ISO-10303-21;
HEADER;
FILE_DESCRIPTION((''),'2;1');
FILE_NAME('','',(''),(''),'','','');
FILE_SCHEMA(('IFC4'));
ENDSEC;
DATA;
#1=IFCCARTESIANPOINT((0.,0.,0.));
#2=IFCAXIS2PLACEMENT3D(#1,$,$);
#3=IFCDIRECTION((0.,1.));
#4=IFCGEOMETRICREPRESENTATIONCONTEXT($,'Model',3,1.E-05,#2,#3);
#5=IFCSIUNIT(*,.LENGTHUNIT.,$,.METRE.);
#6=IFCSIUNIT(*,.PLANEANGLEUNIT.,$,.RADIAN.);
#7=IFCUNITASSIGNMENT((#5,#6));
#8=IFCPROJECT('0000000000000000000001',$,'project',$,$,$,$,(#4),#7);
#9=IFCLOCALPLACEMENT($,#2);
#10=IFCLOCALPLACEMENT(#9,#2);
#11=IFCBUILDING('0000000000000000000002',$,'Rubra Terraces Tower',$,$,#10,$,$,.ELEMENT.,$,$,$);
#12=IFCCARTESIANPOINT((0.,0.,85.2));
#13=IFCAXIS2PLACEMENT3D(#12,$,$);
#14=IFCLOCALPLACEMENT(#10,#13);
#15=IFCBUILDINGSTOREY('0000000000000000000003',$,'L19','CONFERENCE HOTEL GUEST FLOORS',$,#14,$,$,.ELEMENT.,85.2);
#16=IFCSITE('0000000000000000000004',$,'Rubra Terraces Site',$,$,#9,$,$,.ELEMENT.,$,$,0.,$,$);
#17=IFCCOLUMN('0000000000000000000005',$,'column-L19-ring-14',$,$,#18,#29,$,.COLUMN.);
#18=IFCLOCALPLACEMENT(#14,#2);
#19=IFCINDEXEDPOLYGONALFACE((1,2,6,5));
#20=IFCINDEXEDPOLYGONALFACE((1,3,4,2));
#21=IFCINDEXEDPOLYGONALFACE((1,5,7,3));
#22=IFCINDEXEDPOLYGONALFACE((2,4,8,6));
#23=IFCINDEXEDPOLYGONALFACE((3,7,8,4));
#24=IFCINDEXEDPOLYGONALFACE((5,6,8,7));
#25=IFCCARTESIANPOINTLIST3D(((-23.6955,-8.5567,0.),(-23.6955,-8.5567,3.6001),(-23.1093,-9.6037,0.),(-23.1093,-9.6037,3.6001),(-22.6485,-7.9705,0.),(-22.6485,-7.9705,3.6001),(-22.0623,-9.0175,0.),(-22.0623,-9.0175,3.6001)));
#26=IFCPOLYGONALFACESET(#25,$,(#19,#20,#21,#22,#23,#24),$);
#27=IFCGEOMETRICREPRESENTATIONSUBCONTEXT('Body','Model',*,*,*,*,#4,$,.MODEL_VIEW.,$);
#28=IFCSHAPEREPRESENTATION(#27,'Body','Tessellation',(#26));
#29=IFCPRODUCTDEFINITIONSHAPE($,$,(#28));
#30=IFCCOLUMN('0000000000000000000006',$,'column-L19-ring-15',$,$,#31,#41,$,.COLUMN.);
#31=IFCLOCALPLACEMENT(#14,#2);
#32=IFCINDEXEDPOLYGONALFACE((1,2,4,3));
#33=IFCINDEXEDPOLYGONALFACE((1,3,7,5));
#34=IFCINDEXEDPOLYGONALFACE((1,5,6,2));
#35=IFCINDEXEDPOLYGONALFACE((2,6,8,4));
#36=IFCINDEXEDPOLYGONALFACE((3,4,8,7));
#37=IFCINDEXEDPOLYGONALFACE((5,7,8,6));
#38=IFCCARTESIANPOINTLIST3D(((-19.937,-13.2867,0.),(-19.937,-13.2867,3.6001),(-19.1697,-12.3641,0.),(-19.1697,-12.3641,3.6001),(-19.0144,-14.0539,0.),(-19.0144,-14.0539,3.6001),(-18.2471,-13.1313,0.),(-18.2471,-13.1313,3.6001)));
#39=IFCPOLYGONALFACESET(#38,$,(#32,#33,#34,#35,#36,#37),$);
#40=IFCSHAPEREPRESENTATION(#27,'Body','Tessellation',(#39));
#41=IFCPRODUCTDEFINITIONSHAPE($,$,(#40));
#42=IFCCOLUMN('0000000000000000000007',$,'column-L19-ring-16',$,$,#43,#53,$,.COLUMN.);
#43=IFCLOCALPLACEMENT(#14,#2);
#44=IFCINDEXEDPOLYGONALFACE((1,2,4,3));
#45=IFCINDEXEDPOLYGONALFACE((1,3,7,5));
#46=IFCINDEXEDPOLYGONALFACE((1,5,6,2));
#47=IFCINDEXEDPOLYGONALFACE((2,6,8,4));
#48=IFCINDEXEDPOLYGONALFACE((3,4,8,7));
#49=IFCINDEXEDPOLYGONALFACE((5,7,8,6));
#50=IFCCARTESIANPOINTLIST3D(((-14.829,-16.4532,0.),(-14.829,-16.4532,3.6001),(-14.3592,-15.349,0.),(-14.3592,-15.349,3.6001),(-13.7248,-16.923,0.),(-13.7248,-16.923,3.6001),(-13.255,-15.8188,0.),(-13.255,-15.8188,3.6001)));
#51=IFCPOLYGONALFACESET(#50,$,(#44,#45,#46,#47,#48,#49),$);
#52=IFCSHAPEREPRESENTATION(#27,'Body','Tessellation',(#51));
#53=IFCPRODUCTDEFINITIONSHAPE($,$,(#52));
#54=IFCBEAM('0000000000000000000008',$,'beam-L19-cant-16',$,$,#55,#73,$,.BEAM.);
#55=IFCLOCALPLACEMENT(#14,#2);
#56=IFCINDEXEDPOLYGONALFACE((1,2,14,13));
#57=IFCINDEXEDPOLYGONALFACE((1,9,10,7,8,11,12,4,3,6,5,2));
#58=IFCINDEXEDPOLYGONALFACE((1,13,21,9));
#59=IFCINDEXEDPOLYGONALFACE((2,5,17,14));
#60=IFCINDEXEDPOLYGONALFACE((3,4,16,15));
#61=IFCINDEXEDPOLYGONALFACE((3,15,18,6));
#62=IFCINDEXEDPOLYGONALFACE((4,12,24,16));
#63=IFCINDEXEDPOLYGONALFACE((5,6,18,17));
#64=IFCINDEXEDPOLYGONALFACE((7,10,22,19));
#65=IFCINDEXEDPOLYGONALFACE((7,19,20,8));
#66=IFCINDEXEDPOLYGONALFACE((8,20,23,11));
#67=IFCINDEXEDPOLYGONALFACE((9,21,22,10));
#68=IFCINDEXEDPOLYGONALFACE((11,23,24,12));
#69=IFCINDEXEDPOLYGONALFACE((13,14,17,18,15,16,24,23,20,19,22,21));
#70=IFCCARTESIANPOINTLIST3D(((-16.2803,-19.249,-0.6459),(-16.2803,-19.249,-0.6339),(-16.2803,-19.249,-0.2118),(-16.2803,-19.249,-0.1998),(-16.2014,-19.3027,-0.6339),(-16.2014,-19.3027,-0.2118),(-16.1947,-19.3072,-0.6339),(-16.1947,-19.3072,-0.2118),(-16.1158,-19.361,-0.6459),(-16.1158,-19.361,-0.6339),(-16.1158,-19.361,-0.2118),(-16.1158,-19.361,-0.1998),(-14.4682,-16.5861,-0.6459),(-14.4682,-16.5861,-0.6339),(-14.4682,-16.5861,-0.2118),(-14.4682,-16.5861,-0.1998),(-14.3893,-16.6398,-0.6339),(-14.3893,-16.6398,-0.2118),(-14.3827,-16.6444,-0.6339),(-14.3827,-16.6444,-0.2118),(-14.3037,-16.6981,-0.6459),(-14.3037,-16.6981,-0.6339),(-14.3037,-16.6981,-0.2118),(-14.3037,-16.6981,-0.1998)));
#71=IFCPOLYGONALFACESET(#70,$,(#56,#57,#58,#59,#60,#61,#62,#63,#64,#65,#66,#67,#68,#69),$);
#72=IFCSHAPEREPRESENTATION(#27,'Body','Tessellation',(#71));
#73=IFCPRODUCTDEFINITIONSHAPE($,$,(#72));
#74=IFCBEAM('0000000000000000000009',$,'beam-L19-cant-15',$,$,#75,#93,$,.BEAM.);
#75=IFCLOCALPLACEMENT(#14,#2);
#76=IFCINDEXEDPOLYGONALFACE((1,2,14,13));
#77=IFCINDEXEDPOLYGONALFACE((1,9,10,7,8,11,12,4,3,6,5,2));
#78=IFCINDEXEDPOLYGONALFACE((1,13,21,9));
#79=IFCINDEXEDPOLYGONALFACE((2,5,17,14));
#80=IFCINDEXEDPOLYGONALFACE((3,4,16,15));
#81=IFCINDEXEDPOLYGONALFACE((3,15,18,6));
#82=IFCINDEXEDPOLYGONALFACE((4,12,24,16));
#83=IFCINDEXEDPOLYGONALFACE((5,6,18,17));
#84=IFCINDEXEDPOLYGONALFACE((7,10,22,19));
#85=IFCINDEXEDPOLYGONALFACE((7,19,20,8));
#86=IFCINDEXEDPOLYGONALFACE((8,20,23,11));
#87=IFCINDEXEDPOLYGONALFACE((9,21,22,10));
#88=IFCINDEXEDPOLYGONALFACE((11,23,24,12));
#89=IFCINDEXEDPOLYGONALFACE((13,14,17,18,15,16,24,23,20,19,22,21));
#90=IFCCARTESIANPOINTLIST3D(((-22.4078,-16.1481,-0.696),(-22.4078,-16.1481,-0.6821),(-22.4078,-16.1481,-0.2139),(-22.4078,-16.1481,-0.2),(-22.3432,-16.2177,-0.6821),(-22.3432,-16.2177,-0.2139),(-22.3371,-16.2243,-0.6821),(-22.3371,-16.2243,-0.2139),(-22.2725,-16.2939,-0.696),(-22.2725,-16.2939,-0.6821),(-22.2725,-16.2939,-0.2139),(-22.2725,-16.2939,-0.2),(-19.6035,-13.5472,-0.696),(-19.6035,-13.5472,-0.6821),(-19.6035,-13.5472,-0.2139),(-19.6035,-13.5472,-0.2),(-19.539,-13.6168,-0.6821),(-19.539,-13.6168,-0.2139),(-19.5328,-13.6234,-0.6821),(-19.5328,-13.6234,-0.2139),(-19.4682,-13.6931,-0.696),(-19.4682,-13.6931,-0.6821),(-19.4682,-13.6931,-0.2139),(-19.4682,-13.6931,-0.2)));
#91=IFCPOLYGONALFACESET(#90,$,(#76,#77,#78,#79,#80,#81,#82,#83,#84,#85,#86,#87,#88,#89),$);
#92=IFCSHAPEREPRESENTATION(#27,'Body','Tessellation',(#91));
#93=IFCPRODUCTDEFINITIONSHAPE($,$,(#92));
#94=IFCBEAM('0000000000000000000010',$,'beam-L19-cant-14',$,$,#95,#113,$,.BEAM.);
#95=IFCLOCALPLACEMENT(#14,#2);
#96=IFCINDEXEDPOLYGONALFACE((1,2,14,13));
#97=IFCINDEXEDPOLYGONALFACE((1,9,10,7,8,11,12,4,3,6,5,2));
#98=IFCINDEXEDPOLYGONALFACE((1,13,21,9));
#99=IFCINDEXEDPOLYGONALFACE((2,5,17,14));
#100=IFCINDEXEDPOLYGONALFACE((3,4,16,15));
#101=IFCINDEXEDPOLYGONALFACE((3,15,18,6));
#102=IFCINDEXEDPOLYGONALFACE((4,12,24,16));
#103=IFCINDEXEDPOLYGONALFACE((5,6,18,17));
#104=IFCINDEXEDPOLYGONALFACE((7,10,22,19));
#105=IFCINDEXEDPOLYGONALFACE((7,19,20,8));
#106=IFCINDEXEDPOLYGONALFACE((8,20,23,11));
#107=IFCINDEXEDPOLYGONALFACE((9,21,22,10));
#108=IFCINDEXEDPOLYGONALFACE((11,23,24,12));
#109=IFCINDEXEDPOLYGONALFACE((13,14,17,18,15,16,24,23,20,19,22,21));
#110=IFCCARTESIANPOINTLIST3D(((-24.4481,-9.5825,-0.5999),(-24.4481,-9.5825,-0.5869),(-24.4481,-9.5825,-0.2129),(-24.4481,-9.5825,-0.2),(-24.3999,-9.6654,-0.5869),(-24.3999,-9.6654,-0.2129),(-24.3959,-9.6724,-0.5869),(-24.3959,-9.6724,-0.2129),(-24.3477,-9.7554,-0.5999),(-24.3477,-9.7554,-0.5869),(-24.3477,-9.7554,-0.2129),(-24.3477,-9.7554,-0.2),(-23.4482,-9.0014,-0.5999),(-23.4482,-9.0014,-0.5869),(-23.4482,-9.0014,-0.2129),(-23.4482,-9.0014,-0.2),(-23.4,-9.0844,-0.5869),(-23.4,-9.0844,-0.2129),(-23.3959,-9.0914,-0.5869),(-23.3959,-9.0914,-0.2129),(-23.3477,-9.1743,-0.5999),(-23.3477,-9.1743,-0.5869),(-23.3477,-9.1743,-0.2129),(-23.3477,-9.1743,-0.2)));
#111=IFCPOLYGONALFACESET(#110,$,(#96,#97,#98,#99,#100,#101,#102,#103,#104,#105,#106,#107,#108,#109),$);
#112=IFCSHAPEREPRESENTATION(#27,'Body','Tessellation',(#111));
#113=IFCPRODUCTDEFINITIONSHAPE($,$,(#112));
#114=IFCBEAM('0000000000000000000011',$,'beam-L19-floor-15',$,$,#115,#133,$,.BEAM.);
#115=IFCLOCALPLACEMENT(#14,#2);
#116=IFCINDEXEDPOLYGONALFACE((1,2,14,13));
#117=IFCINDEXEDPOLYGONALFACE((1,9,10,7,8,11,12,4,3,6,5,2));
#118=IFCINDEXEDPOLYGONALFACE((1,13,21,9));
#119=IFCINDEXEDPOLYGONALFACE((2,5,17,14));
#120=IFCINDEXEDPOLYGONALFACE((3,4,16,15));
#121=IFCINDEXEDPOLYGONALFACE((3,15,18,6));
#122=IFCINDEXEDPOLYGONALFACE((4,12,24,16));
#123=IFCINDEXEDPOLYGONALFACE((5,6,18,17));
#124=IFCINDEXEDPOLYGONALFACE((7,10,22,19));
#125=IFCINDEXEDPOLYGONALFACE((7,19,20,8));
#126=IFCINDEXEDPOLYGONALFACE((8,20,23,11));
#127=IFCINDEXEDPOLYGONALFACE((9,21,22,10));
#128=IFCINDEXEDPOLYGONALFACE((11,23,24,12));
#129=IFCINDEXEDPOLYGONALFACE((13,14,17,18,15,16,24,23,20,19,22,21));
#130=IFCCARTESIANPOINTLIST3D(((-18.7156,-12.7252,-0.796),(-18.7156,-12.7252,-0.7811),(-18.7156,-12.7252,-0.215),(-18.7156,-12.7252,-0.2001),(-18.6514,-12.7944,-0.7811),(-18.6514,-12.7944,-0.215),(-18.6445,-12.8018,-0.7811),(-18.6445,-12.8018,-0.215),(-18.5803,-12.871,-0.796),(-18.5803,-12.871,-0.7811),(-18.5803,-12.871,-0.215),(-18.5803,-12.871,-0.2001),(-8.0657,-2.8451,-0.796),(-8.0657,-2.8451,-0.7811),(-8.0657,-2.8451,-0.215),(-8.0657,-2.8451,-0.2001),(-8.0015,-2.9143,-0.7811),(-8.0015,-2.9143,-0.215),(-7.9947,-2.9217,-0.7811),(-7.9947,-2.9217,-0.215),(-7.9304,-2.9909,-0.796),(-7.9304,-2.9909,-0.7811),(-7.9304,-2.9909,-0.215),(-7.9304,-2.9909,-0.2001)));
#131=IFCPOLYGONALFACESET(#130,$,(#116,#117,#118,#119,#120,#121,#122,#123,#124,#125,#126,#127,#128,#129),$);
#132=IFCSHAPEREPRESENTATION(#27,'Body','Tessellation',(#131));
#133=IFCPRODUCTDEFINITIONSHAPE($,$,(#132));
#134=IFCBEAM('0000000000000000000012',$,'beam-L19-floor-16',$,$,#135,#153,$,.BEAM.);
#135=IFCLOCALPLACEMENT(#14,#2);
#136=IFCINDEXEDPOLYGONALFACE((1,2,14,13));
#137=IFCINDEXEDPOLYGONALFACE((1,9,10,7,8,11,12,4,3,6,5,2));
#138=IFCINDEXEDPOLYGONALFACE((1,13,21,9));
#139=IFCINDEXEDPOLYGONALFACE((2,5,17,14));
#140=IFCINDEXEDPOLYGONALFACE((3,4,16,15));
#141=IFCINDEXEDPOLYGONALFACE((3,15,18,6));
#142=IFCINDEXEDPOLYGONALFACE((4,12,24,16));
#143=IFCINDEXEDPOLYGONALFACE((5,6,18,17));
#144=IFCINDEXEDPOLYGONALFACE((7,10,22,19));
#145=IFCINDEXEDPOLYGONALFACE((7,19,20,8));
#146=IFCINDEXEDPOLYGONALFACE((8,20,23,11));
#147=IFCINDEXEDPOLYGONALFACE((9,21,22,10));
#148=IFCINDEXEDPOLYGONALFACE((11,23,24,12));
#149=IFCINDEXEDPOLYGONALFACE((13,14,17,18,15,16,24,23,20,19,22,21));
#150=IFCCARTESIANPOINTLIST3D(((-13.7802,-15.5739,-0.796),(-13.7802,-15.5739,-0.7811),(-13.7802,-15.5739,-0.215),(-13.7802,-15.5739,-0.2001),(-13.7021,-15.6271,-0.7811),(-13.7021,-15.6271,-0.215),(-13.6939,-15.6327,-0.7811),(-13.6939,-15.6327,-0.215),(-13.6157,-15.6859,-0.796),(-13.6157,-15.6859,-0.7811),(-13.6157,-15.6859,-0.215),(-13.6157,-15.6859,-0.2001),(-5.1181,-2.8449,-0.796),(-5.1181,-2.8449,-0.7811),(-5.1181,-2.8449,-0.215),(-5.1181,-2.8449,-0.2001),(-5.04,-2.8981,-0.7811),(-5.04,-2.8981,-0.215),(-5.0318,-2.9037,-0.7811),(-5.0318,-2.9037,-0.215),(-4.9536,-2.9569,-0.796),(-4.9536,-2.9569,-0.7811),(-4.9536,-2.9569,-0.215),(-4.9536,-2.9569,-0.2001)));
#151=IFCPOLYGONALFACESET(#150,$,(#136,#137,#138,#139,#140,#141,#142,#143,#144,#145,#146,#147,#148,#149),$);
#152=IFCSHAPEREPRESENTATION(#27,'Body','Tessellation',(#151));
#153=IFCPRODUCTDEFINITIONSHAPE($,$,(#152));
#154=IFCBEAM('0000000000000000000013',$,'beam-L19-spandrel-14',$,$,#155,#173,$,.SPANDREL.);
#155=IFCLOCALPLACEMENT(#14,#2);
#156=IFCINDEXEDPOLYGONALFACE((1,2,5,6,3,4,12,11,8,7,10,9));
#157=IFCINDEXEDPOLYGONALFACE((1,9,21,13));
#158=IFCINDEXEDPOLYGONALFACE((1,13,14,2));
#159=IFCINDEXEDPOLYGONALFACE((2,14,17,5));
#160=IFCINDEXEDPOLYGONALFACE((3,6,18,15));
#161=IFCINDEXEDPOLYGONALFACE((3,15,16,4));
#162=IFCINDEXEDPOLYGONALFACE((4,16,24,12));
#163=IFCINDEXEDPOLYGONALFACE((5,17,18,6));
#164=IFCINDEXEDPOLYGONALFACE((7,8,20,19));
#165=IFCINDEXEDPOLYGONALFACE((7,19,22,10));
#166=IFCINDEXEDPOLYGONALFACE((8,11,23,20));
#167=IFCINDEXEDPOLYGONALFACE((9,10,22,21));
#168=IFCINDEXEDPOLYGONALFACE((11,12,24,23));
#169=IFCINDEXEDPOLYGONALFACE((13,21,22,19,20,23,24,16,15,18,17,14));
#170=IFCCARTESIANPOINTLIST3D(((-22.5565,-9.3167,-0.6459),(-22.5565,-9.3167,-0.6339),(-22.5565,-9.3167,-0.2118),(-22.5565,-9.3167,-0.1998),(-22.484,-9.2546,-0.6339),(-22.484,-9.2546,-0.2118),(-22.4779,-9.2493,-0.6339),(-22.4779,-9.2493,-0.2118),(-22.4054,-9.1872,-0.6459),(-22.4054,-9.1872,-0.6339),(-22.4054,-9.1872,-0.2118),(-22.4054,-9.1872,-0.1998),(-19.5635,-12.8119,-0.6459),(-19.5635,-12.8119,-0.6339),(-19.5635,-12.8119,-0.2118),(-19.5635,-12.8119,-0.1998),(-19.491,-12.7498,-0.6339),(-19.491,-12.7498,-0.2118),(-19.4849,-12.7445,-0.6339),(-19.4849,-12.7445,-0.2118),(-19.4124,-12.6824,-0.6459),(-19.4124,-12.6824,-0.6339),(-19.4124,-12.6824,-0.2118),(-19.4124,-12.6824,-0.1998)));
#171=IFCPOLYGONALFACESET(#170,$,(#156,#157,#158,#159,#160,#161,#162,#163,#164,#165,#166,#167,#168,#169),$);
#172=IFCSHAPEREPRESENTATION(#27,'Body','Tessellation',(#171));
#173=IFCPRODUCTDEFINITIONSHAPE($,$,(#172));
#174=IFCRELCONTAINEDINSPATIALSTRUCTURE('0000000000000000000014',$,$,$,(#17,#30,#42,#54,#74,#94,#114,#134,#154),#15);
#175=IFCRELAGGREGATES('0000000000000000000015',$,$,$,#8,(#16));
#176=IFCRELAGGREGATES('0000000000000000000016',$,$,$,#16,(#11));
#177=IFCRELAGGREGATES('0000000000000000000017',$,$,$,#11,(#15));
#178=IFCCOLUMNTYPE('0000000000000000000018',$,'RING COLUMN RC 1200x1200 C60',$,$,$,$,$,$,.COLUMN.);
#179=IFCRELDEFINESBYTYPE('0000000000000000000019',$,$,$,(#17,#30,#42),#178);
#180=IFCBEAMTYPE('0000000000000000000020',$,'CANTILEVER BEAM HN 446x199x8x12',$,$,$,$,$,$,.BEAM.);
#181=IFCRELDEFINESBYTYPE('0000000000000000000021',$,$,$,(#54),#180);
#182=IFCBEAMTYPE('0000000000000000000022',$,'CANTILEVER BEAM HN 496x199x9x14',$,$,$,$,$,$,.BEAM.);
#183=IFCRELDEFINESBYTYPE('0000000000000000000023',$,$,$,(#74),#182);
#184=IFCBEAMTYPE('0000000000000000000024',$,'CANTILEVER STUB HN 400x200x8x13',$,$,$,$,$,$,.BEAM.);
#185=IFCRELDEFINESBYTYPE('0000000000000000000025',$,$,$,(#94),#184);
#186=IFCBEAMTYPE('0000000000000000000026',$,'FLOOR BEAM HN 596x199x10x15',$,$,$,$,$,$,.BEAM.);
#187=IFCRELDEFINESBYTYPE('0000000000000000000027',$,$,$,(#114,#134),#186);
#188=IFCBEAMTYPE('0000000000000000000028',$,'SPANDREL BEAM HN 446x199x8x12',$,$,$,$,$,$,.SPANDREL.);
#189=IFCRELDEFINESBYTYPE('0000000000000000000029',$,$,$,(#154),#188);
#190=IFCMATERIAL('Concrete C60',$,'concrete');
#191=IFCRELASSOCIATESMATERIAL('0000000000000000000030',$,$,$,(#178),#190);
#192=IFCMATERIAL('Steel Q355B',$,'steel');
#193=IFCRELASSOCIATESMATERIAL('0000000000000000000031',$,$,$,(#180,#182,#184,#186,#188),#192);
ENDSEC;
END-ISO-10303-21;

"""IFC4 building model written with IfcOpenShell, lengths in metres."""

from ifc_helpers import new_model, si_unit, direction, frame, origin, origin_2d, place, context, subcontext, project, spatial, rectangle, i_section, extrude, material, material_profile, profile_set, type_object, element, save


model = new_model("IFC4")

# Units and contexts
model_context = context("Model", 3, precision=1e-05, world=origin(), true_north=direction((0.0, 1.0)))
body_context = subcontext(model_context, "Body", "Model", "MODEL_VIEW")
ifc_project = project(units=[si_unit("LENGTHUNIT", "METRE"), si_unit("PLANEANGLEUNIT", "RADIAN")], contexts=[model_context])

# Site, building, storey
site_placement = place(None, origin())
site = spatial("IfcSite", under=ifc_project, at=site_placement, Name="Rubra Terraces Site", CompositionType="ELEMENT", RefElevation=0.0)
building_placement = place(site_placement, origin())
building = spatial("IfcBuilding", under=site, at=building_placement, Name="Rubra Terraces Tower", CompositionType="ELEMENT")
storey_placement = place(building_placement, frame((0.0, 0.0, 85.2)))
storey = spatial("IfcBuildingStorey", under=building, at=storey_placement, Name="L19", Description="CONFERENCE HOTEL GUEST FLOORS", CompositionType="ELEMENT", Elevation=85.2)

# Columns
ifc_material_1 = material(Name="Concrete C60", Category="concrete")
ifc_material_profile_1 = material_profile(ifc_material_1, rectangle(XDim=1.2, YDim=1.2, at=origin_2d()), Name="RC 1200x1200")
ifc_profile_set_1 = profile_set([ifc_material_profile_1], Name="Concrete C60")
column_type = type_object("IfcColumnType", Name="RING COLUMN RC 1200x1200 C60", PredefinedType="COLUMN", material=ifc_profile_set_1)
for number, where, z_axis, x_axis, name in (
    (1, (-22.8789, -8.7871, 0.0), (0.0, 0.0, 1.0), (0.488526, -0.872549, 0.0), "column-L19-ring-14"),
    (2, (-19.092, -13.209, 0.0), (0.0, 0.0, 1.0), (0.76887, -0.639405, 0.0), "column-L19-ring-15"),
    (3, (-14.042, -16.136, 0.0), (0.0, 0.0, 1.0), (0.920168, -0.391524, 0.0), "column-L19-ring-16"),
):
    element("IfcColumn", number, at=place(storey_placement, frame(where, z_axis=z_axis, x_axis=x_axis)), inside=storey, type_object=column_type, Name=name, PredefinedType="COLUMN", context=body_context, shape_type="SweptSolid", body=[
        extrude(rectangle(XDim=1.2, YDim=1.2, at=origin_2d()), origin(), (0.0, 0.0, 1.0), 3.6001),
    ])

# Beams
ifc_material_2 = material(Name="Steel Q355B", Category="steel")
ifc_material_profile_2 = material_profile(ifc_material_2, i_section(OverallWidth=0.199, OverallDepth=0.446, WebThickness=0.0081, FlangeThickness=0.012, at=origin_2d()), Name="HN 446x199x8x12")
ifc_profile_set_2 = profile_set([ifc_material_profile_2], Name="Steel Q355B")
beam_type_1 = type_object("IfcBeamType", Name="CANTILEVER BEAM HN 446x199x8x12", PredefinedType="BEAM", material=ifc_profile_set_2)
beam_1_placement = place(storey_placement, frame((-14.386, -16.6421, -0.4229), z_axis=(-0.562582, -0.826742, 0.0), x_axis=(0.826742, -0.562582, 0.0)))
element("IfcBeam", 4, at=beam_1_placement, inside=storey, type_object=beam_type_1, Name="beam-L19-cant-16", PredefinedType="BEAM", context=body_context, shape_type="SweptSolid", body=[
    extrude(i_section(OverallWidth=0.199, OverallDepth=0.446, WebThickness=0.0081, FlangeThickness=0.012, at=origin_2d()), origin(), (0.0, 0.0, 1.0), 3.2209),
])
ifc_material_profile_3 = material_profile(ifc_material_2, i_section(OverallWidth=0.199, OverallDepth=0.4961, WebThickness=0.009, FlangeThickness=0.0139, at=origin_2d()), Name="HN 496x199x9x14")
ifc_profile_set_3 = profile_set([ifc_material_profile_3], Name="Steel Q355B")
beam_type_2 = type_object("IfcBeamType", Name="CANTILEVER BEAM HN 496x199x9x14", PredefinedType="BEAM", material=ifc_profile_set_3)
beam_2_placement = place(storey_placement, frame((-19.5359, -13.6201, -0.448), z_axis=(-0.733194, -0.68002, 0.0), x_axis=(0.68002, -0.733194, 0.0)))
element("IfcBeam", 5, at=beam_2_placement, inside=storey, type_object=beam_type_2, Name="beam-L19-cant-15", PredefinedType="BEAM", context=body_context, shape_type="SweptSolid", body=[
    extrude(i_section(OverallWidth=0.199, OverallDepth=0.4961, WebThickness=0.009, FlangeThickness=0.0139, at=origin_2d()), origin(), (0.0, 0.0, 1.0), 3.8247),
])
ifc_material_profile_4 = material_profile(ifc_material_2, i_section(OverallWidth=0.2, OverallDepth=0.3999, WebThickness=0.0081, FlangeThickness=0.0129, at=origin_2d()), Name="HN 400x200x8x13")
ifc_profile_set_4 = profile_set([ifc_material_profile_4], Name="Steel Q355B")
beam_type_3 = type_object("IfcBeamType", Name="CANTILEVER STUB HN 400x200x8x13", PredefinedType="BEAM", material=ifc_profile_set_4)
beam_3_placement = place(storey_placement, frame((-23.3979, -9.0879, -0.3999), z_axis=(-0.864635, -0.5024, 0.0), x_axis=(0.5024, -0.864635, 0.0)))
element("IfcBeam", 6, at=beam_3_placement, inside=storey, type_object=beam_type_3, Name="beam-L19-cant-14", PredefinedType="BEAM", context=body_context, shape_type="SweptSolid", body=[
    extrude(i_section(OverallWidth=0.2, OverallDepth=0.3999, WebThickness=0.0081, FlangeThickness=0.0129, at=origin_2d()), origin(), (0.0, 0.0, 1.0), 1.1565),
])
ifc_material_profile_5 = material_profile(ifc_material_2, i_section(OverallWidth=0.199, OverallDepth=0.5959, WebThickness=0.01, FlangeThickness=0.0149, at=origin_2d()), Name="HN 596x199x10x15")
ifc_profile_set_5 = profile_set([ifc_material_profile_5], Name="Steel Q355B")
beam_type_4 = type_object("IfcBeamType", Name="FLOOR BEAM HN 596x199x10x15", PredefinedType="BEAM", material=ifc_profile_set_5)
beam_4_placement = place(storey_placement, frame((-18.6479, -12.7981, -0.498), z_axis=(0.733105, 0.680116, 0.0), x_axis=(-0.680116, 0.733105, 0.0)))
element("IfcBeam", 7, at=beam_4_placement, inside=storey, type_object=beam_type_4, Name="beam-L19-floor-15", PredefinedType="BEAM", context=body_context, shape_type="SweptSolid", body=[
    extrude(i_section(OverallWidth=0.199, OverallDepth=0.5959, WebThickness=0.01, FlangeThickness=0.0149, at=origin_2d()), origin(), (0.0, 0.0, 1.0), 14.5271),
])
beam_5_placement = place(storey_placement, frame((-13.698, -15.6299, -0.498), z_axis=(0.562594, 0.826734, 0.0), x_axis=(-0.826734, 0.562594, 0.0)))
element("IfcBeam", 8, at=beam_5_placement, inside=storey, type_object=beam_type_4, Name="beam-L19-floor-16", PredefinedType="BEAM", context=body_context, shape_type="SweptSolid", body=[
    extrude(i_section(OverallWidth=0.199, OverallDepth=0.5959, WebThickness=0.01, FlangeThickness=0.0149, at=origin_2d()), origin(), (0.0, 0.0, 1.0), 15.3967),
])
ifc_material_profile_6 = material_profile(ifc_material_2, i_section(OverallWidth=0.199, OverallDepth=0.446, WebThickness=0.0081, FlangeThickness=0.012, at=origin_2d()), Name="HN 446x199x8x12")
ifc_profile_set_6 = profile_set([ifc_material_profile_6], Name="Steel Q355B")
beam_type_5 = type_object("IfcBeamType", Name="SPANDREL BEAM HN 446x199x8x12", PredefinedType="SPANDREL", material=ifc_profile_set_6)
beam_6_placement = place(storey_placement, frame((-22.481, -9.252, -0.4229), z_axis=(0.650429, -0.759567, 0.0), x_axis=(0.759567, 0.650429, 0.0)))
element("IfcBeam", 9, at=beam_6_placement, inside=storey, type_object=beam_type_5, Name="beam-L19-spandrel-14", PredefinedType="SPANDREL", context=body_context, shape_type="SweptSolid", body=[
    extrude(i_section(OverallWidth=0.199, OverallDepth=0.446, WebThickness=0.0081, FlangeThickness=0.012, at=origin_2d()), origin(), (0.0, 0.0, 1.0), 4.6016),
])

save(model, "model.ifc")
